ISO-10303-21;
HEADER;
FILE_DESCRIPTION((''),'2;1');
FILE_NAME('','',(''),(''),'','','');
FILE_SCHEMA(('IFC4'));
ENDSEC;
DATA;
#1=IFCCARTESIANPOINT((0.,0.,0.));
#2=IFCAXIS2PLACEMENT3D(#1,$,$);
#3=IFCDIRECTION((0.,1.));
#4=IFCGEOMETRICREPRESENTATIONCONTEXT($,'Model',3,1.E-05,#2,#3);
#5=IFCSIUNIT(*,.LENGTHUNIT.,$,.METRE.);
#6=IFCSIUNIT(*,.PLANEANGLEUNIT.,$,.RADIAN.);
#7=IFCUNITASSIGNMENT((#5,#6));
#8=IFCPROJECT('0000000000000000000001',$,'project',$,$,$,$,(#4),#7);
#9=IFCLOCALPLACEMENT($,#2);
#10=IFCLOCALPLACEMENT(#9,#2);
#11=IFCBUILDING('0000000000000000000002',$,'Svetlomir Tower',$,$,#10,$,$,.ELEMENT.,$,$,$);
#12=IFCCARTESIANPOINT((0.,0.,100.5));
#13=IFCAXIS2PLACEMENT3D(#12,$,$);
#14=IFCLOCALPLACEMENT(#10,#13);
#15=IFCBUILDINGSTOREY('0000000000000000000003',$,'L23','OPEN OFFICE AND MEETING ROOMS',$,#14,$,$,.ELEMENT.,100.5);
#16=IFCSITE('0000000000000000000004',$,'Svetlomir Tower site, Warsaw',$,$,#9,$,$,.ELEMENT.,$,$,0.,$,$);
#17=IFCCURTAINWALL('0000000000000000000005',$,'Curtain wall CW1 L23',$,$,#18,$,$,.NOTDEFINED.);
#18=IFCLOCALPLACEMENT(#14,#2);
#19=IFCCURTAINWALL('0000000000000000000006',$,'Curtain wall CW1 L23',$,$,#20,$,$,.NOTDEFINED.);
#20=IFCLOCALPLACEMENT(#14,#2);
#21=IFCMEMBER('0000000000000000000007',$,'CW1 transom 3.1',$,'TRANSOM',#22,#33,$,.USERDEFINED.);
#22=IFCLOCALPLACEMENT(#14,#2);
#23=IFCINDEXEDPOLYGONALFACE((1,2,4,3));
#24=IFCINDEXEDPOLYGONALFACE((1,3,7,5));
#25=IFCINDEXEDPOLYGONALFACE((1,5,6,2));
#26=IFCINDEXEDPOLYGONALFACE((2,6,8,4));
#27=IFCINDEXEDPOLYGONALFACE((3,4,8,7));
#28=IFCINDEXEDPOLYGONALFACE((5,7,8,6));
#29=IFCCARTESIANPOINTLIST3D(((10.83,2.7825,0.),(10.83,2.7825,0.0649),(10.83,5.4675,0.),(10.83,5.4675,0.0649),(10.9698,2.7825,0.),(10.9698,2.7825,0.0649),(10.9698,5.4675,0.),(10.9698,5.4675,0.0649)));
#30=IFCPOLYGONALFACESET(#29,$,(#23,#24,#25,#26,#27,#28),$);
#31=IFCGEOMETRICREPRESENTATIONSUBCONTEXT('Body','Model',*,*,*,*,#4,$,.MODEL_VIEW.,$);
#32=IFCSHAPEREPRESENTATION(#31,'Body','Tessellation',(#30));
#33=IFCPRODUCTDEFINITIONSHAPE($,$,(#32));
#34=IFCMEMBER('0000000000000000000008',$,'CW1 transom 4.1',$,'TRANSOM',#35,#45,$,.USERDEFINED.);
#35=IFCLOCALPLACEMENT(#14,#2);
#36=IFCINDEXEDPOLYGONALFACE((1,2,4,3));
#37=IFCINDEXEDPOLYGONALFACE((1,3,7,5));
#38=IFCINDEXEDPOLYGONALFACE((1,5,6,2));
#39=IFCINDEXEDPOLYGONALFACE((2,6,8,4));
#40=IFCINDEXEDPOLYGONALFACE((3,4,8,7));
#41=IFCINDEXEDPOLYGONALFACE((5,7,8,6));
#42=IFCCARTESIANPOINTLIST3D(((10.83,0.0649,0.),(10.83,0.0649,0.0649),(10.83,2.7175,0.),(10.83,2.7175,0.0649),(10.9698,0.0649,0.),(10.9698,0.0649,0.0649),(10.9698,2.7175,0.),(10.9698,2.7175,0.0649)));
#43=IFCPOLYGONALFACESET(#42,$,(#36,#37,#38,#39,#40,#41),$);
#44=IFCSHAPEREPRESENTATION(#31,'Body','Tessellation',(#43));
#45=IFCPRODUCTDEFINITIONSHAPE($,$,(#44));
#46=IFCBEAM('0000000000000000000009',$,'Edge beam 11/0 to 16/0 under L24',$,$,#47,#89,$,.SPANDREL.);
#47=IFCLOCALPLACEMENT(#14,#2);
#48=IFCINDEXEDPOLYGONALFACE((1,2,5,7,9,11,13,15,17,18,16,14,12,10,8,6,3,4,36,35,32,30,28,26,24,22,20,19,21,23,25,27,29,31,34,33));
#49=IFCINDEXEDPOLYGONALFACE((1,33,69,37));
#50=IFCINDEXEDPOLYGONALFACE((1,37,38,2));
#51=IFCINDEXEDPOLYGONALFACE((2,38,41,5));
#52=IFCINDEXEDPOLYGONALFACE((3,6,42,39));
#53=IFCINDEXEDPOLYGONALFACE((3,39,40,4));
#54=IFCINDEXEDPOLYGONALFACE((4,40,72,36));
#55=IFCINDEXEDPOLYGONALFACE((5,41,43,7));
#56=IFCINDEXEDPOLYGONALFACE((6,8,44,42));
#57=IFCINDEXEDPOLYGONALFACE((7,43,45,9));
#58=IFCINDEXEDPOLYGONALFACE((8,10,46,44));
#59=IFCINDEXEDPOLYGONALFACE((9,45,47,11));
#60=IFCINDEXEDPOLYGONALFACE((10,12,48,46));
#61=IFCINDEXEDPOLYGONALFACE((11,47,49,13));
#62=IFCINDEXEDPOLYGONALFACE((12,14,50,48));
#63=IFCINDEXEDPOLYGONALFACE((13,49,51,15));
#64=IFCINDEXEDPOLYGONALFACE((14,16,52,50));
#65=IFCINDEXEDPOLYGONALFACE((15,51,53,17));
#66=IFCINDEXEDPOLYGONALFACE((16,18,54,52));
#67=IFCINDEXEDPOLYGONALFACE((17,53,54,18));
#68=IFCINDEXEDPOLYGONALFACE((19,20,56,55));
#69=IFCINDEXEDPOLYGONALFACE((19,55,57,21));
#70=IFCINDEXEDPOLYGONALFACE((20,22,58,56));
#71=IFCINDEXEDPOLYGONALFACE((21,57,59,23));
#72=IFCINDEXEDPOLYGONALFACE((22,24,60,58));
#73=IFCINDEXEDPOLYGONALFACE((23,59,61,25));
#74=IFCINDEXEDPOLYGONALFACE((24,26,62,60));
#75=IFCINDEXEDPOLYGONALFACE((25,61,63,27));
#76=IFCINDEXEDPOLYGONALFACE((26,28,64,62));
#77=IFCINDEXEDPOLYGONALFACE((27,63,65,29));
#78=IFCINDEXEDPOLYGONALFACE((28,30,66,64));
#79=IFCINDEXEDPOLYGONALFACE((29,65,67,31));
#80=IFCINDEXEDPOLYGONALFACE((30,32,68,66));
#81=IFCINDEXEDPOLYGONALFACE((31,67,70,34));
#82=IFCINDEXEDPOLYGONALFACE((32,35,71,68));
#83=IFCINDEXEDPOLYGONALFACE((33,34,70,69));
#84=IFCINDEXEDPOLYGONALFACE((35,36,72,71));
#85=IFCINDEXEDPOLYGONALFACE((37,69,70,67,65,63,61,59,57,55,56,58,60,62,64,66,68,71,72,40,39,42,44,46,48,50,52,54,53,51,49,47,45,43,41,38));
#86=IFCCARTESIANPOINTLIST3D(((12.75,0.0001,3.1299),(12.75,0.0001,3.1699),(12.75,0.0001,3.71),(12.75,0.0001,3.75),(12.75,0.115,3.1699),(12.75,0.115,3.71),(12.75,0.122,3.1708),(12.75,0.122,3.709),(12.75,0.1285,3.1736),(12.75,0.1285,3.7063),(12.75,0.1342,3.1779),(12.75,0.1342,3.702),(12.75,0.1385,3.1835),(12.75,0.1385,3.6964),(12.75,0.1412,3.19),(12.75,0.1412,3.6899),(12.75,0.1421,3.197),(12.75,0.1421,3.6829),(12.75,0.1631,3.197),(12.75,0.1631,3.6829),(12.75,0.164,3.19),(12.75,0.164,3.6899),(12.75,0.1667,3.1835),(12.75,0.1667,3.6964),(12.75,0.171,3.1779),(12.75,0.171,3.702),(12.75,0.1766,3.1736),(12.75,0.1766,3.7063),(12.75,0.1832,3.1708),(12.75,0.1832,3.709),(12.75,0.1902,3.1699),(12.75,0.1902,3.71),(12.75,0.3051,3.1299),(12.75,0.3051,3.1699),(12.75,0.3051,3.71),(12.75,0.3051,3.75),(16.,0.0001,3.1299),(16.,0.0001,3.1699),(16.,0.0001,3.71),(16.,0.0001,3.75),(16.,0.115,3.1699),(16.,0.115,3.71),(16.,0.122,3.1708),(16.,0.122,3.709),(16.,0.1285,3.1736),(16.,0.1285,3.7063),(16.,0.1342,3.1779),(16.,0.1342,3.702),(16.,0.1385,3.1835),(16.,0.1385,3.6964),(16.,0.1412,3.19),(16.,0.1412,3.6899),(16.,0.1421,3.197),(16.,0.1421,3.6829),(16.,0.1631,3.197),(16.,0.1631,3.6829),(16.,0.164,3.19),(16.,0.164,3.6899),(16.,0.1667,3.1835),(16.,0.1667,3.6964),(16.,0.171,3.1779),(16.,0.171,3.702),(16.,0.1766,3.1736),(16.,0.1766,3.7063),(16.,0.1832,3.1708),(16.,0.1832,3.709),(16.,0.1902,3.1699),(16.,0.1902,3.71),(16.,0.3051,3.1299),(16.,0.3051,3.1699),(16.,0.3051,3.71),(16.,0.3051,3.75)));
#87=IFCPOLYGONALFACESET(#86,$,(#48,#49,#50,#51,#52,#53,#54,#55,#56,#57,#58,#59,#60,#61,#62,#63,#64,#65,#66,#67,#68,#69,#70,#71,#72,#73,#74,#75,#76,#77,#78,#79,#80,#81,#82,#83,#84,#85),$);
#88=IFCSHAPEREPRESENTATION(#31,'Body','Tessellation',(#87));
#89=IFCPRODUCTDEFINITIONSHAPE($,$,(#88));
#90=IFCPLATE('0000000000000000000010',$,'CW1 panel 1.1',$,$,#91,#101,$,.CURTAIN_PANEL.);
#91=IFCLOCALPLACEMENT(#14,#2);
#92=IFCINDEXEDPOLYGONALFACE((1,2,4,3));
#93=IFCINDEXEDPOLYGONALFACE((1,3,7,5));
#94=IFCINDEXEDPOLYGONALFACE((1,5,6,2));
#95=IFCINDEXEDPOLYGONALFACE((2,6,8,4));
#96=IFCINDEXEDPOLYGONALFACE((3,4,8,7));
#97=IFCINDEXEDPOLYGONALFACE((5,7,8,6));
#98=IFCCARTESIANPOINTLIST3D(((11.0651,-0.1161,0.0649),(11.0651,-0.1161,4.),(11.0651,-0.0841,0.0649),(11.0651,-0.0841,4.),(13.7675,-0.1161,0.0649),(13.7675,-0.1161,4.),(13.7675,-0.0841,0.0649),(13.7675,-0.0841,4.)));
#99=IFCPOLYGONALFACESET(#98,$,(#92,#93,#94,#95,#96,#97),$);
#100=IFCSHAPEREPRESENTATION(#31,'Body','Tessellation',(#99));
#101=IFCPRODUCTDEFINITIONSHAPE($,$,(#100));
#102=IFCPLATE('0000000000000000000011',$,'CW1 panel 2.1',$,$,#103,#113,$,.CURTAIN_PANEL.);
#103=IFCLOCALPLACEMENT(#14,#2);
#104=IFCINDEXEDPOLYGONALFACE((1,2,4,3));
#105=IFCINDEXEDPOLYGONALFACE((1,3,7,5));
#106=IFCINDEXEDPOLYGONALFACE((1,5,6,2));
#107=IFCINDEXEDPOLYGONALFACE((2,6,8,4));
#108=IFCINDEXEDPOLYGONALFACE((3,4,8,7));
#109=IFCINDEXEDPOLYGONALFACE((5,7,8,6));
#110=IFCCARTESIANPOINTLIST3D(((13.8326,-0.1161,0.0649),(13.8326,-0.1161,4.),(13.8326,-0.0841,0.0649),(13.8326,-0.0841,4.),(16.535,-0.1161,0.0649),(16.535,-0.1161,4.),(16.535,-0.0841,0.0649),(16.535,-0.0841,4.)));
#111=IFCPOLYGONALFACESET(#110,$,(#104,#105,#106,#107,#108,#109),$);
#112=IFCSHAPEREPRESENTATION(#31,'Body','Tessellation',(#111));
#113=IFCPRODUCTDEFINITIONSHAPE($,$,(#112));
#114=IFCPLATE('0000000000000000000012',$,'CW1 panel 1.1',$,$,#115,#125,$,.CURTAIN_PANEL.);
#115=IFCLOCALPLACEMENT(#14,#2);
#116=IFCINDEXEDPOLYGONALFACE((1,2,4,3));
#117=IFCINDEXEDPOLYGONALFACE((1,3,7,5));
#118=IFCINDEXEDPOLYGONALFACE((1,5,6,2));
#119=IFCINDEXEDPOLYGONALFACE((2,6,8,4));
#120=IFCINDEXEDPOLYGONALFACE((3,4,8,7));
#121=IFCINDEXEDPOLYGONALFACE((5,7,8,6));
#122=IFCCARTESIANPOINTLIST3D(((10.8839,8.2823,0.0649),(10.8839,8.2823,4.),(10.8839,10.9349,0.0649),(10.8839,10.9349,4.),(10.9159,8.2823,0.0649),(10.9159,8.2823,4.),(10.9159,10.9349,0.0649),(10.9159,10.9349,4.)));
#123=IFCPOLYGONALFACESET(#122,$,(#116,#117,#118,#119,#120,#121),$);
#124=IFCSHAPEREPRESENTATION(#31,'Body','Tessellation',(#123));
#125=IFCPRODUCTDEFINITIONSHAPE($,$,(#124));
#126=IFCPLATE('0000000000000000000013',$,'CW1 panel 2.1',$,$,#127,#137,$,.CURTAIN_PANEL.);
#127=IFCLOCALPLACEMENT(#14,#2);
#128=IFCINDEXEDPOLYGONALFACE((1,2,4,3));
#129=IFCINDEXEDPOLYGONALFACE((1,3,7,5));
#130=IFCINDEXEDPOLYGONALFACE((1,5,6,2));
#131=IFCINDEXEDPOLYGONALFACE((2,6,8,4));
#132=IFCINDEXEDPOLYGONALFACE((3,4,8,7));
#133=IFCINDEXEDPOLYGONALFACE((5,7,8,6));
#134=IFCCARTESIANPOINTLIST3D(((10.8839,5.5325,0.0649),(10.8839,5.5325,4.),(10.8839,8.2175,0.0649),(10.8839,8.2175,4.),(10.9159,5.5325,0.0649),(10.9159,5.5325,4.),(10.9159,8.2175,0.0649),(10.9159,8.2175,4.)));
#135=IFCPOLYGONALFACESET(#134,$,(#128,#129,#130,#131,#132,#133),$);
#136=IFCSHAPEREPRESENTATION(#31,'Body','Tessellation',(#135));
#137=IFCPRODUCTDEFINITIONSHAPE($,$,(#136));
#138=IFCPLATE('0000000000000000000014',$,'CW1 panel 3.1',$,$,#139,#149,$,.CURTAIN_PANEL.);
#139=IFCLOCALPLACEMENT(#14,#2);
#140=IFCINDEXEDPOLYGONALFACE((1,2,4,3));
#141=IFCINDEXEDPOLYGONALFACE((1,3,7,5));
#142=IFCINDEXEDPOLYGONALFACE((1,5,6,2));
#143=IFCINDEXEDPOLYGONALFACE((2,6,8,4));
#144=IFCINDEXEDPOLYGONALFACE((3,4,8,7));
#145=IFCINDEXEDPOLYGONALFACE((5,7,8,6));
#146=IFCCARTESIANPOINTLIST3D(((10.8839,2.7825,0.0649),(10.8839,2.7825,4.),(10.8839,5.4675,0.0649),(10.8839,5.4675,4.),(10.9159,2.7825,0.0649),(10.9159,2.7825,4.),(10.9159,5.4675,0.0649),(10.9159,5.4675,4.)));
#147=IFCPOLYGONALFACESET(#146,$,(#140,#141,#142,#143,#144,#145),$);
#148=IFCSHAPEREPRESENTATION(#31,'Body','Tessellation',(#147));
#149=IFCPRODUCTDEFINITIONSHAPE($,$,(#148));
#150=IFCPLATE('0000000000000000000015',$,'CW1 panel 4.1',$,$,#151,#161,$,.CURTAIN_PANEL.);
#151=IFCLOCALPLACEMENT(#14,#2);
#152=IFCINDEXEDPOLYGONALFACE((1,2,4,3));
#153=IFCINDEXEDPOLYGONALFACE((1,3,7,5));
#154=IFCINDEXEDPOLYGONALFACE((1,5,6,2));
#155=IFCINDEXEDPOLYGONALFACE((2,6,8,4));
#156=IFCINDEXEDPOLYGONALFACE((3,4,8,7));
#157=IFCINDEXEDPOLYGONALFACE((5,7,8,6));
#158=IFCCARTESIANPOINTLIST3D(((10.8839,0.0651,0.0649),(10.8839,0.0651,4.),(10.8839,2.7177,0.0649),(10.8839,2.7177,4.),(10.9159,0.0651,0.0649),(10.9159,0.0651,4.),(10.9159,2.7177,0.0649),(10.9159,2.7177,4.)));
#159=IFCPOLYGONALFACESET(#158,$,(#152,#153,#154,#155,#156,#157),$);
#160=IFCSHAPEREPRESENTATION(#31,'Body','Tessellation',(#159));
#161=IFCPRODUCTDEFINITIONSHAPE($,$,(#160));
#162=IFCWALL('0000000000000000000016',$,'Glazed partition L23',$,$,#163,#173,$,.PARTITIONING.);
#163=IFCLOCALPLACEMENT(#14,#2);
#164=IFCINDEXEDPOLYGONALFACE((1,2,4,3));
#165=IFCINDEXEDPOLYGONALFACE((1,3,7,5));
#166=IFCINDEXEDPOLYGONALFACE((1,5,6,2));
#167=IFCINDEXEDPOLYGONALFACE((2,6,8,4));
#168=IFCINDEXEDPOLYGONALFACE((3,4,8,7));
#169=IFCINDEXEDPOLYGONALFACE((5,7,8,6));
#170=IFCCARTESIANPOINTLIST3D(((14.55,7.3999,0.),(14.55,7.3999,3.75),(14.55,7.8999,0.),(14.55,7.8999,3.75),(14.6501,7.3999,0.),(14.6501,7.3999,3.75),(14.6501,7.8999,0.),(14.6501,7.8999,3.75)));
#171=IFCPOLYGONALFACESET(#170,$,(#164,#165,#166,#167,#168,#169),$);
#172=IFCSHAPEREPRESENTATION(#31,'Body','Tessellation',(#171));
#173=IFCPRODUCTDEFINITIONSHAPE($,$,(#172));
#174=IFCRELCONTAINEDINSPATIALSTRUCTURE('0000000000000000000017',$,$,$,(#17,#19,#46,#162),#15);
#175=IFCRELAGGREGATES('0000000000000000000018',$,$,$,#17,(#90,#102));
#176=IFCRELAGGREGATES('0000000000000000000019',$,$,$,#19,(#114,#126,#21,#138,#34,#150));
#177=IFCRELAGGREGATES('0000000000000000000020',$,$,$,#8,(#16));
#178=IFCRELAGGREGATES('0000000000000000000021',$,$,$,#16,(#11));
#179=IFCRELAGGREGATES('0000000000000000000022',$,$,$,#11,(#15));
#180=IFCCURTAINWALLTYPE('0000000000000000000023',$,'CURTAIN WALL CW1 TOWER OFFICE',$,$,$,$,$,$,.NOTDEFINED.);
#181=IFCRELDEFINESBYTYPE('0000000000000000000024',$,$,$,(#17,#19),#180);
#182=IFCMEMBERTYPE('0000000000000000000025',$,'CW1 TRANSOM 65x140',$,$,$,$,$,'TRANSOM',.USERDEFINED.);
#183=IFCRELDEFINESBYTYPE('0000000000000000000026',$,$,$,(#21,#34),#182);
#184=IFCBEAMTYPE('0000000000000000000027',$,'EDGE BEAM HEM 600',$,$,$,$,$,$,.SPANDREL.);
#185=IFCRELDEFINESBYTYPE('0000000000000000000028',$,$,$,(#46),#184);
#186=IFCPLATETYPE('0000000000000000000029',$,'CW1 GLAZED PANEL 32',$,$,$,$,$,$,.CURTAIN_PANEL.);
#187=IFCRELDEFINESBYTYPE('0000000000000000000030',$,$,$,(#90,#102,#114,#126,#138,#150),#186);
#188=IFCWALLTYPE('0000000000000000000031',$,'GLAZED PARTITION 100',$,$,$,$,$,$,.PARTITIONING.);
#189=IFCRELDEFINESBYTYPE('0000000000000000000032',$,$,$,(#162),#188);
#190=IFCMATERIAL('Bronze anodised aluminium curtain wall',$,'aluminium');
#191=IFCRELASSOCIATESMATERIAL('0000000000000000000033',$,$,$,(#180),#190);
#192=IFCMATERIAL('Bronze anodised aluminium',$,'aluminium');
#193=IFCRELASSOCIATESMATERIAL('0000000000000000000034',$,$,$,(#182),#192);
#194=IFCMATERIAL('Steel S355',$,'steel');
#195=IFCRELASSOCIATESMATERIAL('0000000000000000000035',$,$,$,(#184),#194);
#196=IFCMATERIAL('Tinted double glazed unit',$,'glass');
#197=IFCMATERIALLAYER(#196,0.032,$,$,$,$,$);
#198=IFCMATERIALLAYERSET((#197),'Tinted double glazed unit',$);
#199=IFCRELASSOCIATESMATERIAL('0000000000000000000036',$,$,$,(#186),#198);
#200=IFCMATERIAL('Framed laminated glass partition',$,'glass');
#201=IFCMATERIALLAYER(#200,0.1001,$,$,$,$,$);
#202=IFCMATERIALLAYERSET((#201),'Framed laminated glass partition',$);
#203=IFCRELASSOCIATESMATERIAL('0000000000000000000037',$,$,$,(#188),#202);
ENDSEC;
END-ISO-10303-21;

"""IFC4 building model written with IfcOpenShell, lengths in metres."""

from ifc_helpers import new_model, si_unit, direction, frame, frame_2d, origin, origin_2d, place, context, subcontext, project, spatial, rectangle, i_section, extrude, material, layer, layer_set, material_profile, profile_set, type_object, element, aggregate, save


model = new_model("IFC4")

# Units and contexts
model_context = context("Model", 3, precision=1e-05, world=origin(), true_north=direction((0.0, 1.0)))
body_context = subcontext(model_context, "Body", "Model", "MODEL_VIEW")
ifc_project = project(units=[si_unit("LENGTHUNIT", "METRE"), si_unit("PLANEANGLEUNIT", "RADIAN")], contexts=[model_context])

# Site, building, storey
site_placement = place(None, origin())
site = spatial("IfcSite", under=ifc_project, at=site_placement, Name="Svetlomir Tower site, Warsaw", CompositionType="ELEMENT", RefElevation=0.0)
building_placement = place(site_placement, origin())
building = spatial("IfcBuilding", under=site, at=building_placement, Name="Svetlomir Tower", CompositionType="ELEMENT")
storey_placement = place(building_placement, frame((0.0, 0.0, 100.5)))
storey = spatial("IfcBuildingStorey", under=building, at=storey_placement, Name="L23", Description="OPEN OFFICE AND MEETING ROOMS", CompositionType="ELEMENT", Elevation=100.5)

# Curtain wall
ifc_material_1 = material(Name="Bronze anodised aluminium curtain wall", Category="aluminium")
curtain_wall_type = type_object("IfcCurtainWallType", Name="CURTAIN WALL CW1 TOWER OFFICE", PredefinedType="NOTDEFINED", material=ifc_material_1)
curtain_wall_1_placement = place(storey_placement, origin())
curtain_wall_1 = element("IfcCurtainWall", 1, at=curtain_wall_1_placement, inside=storey, type_object=curtain_wall_type, Name="Curtain wall CW1 L23", PredefinedType="NOTDEFINED")

# Curtain wall
curtain_wall_2_placement = place(storey_placement, origin())
curtain_wall_2 = element("IfcCurtainWall", 2, at=curtain_wall_2_placement, inside=storey, type_object=curtain_wall_type, Name="Curtain wall CW1 L23", PredefinedType="NOTDEFINED")

# Members
ifc_material_2 = material(Name="Bronze anodised aluminium", Category="aluminium")
ifc_material_profile_1 = material_profile(ifc_material_2, rectangle(XDim=0.1399, YDim=0.0649, at=origin_2d()), Name="AL 140x65")
ifc_profile_set_1 = profile_set([ifc_material_profile_1], Name="Bronze anodised aluminium 6063-T6")
member_type_1 = type_object("IfcMemberType", Name="CW1 TRANSOM 65x140", ElementType="TRANSOM", PredefinedType="USERDEFINED", material=ifc_profile_set_1)
member_1_placement = place(storey_placement, frame((10.8999, 5.4675, 0.0325), z_axis=(0.0, -1.0, 0.0), x_axis=(1.0, 0.0, 0.0)))
member_1 = element("IfcMember", 3, at=member_1_placement, type_object=member_type_1, Name="CW1 transom 3.1", ObjectType="TRANSOM", PredefinedType="USERDEFINED", context=body_context, shape_type="SweptSolid", body=[
    extrude(rectangle(XDim=0.1399, YDim=0.0649, at=origin_2d()), origin(), (0.0, 0.0, 1.0), 2.6851),
])
member_2_placement = place(storey_placement, frame((10.8999, 2.7175, 0.0325), z_axis=(0.0, -1.0, 0.0), x_axis=(1.0, 0.0, 0.0)))
member_2 = element("IfcMember", 4, at=member_2_placement, type_object=member_type_1, Name="CW1 transom 4.1", ObjectType="TRANSOM", PredefinedType="USERDEFINED", context=body_context, shape_type="SweptSolid", body=[
    extrude(rectangle(XDim=0.1399, YDim=0.0649, at=origin_2d()), origin(), (0.0, 0.0, 1.0), 2.6526),
])

# Beam
ifc_material_3 = material(Name="Steel S355", Category="steel")
ifc_material_profile_2 = material_profile(ifc_material_3, i_section(OverallWidth=0.3049, OverallDepth=0.6201, WebThickness=0.021, FlangeThickness=0.04, FilletRadius=0.0271, at=origin_2d()), Name="HEM 600")
ifc_profile_set_2 = profile_set([ifc_material_profile_2], Name="Steel S355")
beam_type = type_object("IfcBeamType", Name="EDGE BEAM HEM 600", PredefinedType="SPANDREL", material=ifc_profile_set_2)
beam_placement = place(storey_placement, frame((12.75, 0.1526, 3.4399), z_axis=(1.0, 0.0, 0.0), x_axis=(0.0, 1.0, 0.0)))
element("IfcBeam", 5, at=beam_placement, inside=storey, type_object=beam_type, Name="Edge beam 11/0 to 16/0 under L24", PredefinedType="SPANDREL", context=body_context, shape_type="SweptSolid", body=[
    extrude(i_section(OverallWidth=0.3049, OverallDepth=0.6201, WebThickness=0.021, FlangeThickness=0.04, FilletRadius=0.0271, at=origin_2d()), origin(), (0.0, 0.0, 1.0), 3.25),
])

# Plates
ifc_material_4 = material(Name="Tinted double glazed unit", Category="glass")
ifc_layer_1 = layer(ifc_material_4, 0.032)
ifc_layer_set_1 = layer_set([ifc_layer_1], Name="Tinted double glazed unit")
plate_type = type_object("IfcPlateType", Name="CW1 GLAZED PANEL 32", PredefinedType="CURTAIN_PANEL", material=ifc_layer_set_1)
plate_1_placement = place(storey_placement, frame((12.4163, -0.1001, 0.0649), z_axis=(0.0, 0.0, 1.0), x_axis=(1.0, 0.0, 0.0)))
plate_1 = element("IfcPlate", 6, at=plate_1_placement, type_object=plate_type, Name="CW1 panel 1.1", PredefinedType="CURTAIN_PANEL", context=body_context, shape_type="SweptSolid", body=[
    extrude(rectangle(XDim=2.7024, YDim=0.032, at=origin_2d()), origin(), (0.0, 0.0, 1.0), 3.9351),
])
plate_2_placement = place(storey_placement, frame((15.1838, -0.1001, 0.0649), z_axis=(0.0, 0.0, 1.0), x_axis=(1.0, 0.0, 0.0)))
plate_2 = element("IfcPlate", 7, at=plate_2_placement, type_object=plate_type, Name="CW1 panel 2.1", PredefinedType="CURTAIN_PANEL", context=body_context, shape_type="SweptSolid", body=[
    extrude(rectangle(XDim=2.7024, YDim=0.032, at=origin_2d()), origin(), (0.0, 0.0, 1.0), 3.9351),
])
aggregate(curtain_wall_1, [plate_1, plate_2])
plate_3_placement = place(storey_placement, frame((10.8999, 9.6086, 0.0649), z_axis=(0.0, 0.0, 1.0), x_axis=(0.0, -1.0, 0.0)))
plate_3 = element("IfcPlate", 8, at=plate_3_placement, type_object=plate_type, Name="CW1 panel 1.1", PredefinedType="CURTAIN_PANEL", context=body_context, shape_type="SweptSolid", body=[
    extrude(rectangle(XDim=2.6526, YDim=0.032, at=origin_2d()), origin(), (0.0, 0.0, 1.0), 3.9351),
])
plate_4_placement = place(storey_placement, frame((10.8999, 6.875, 0.0649), z_axis=(0.0, 0.0, 1.0), x_axis=(0.0, -1.0, 0.0)))
plate_4 = element("IfcPlate", 9, at=plate_4_placement, type_object=plate_type, Name="CW1 panel 2.1", PredefinedType="CURTAIN_PANEL", context=body_context, shape_type="SweptSolid", body=[
    extrude(rectangle(XDim=2.6851, YDim=0.032, at=origin_2d()), origin(), (0.0, 0.0, 1.0), 3.9351),
])
plate_5_placement = place(storey_placement, frame((10.8999, 4.125, 0.0649), z_axis=(0.0, 0.0, 1.0), x_axis=(0.0, -1.0, 0.0)))
plate_5 = element("IfcPlate", 10, at=plate_5_placement, type_object=plate_type, Name="CW1 panel 3.1", PredefinedType="CURTAIN_PANEL", context=body_context, shape_type="SweptSolid", body=[
    extrude(rectangle(XDim=2.6851, YDim=0.032, at=origin_2d()), origin(), (0.0, 0.0, 1.0), 3.9351),
])
plate_6_placement = place(storey_placement, frame((10.8999, 1.3914, 0.0649), z_axis=(0.0, 0.0, 1.0), x_axis=(0.0, -1.0, 0.0)))
plate_6 = element("IfcPlate", 11, at=plate_6_placement, type_object=plate_type, Name="CW1 panel 4.1", PredefinedType="CURTAIN_PANEL", context=body_context, shape_type="SweptSolid", body=[
    extrude(rectangle(XDim=2.6526, YDim=0.032, at=origin_2d()), origin(), (0.0, 0.0, 1.0), 3.9351),
])
aggregate(curtain_wall_2, [plate_3, plate_4, member_1, plate_5, member_2, plate_6])

# Wall
ifc_material_5 = material(Name="Framed laminated glass partition", Category="glass")
ifc_layer_2 = layer(ifc_material_5, 0.1001)
ifc_layer_set_2 = layer_set([ifc_layer_2], Name="Framed laminated glass partition")
wall_type_1 = type_object("IfcWallType", Name="GLAZED PARTITION 100", PredefinedType="PARTITIONING", material=ifc_layer_set_2)
wall_1_placement = place(storey_placement, frame((14.6001, 7.3999, 0.0), z_axis=(0.0, 0.0, 1.0), x_axis=(0.0, 1.0, 0.0)))
element("IfcWall", 12, at=wall_1_placement, inside=storey, type_object=wall_type_1, Name="Glazed partition L23", PredefinedType="PARTITIONING", context=body_context, shape_type="SweptSolid", body=[
    extrude(rectangle(XDim=0.5, YDim=0.1001, at=frame_2d((0.25, 0.0))), origin(), (0.0, 0.0, 1.0), 3.75),
])

save(model, "model.ifc")
